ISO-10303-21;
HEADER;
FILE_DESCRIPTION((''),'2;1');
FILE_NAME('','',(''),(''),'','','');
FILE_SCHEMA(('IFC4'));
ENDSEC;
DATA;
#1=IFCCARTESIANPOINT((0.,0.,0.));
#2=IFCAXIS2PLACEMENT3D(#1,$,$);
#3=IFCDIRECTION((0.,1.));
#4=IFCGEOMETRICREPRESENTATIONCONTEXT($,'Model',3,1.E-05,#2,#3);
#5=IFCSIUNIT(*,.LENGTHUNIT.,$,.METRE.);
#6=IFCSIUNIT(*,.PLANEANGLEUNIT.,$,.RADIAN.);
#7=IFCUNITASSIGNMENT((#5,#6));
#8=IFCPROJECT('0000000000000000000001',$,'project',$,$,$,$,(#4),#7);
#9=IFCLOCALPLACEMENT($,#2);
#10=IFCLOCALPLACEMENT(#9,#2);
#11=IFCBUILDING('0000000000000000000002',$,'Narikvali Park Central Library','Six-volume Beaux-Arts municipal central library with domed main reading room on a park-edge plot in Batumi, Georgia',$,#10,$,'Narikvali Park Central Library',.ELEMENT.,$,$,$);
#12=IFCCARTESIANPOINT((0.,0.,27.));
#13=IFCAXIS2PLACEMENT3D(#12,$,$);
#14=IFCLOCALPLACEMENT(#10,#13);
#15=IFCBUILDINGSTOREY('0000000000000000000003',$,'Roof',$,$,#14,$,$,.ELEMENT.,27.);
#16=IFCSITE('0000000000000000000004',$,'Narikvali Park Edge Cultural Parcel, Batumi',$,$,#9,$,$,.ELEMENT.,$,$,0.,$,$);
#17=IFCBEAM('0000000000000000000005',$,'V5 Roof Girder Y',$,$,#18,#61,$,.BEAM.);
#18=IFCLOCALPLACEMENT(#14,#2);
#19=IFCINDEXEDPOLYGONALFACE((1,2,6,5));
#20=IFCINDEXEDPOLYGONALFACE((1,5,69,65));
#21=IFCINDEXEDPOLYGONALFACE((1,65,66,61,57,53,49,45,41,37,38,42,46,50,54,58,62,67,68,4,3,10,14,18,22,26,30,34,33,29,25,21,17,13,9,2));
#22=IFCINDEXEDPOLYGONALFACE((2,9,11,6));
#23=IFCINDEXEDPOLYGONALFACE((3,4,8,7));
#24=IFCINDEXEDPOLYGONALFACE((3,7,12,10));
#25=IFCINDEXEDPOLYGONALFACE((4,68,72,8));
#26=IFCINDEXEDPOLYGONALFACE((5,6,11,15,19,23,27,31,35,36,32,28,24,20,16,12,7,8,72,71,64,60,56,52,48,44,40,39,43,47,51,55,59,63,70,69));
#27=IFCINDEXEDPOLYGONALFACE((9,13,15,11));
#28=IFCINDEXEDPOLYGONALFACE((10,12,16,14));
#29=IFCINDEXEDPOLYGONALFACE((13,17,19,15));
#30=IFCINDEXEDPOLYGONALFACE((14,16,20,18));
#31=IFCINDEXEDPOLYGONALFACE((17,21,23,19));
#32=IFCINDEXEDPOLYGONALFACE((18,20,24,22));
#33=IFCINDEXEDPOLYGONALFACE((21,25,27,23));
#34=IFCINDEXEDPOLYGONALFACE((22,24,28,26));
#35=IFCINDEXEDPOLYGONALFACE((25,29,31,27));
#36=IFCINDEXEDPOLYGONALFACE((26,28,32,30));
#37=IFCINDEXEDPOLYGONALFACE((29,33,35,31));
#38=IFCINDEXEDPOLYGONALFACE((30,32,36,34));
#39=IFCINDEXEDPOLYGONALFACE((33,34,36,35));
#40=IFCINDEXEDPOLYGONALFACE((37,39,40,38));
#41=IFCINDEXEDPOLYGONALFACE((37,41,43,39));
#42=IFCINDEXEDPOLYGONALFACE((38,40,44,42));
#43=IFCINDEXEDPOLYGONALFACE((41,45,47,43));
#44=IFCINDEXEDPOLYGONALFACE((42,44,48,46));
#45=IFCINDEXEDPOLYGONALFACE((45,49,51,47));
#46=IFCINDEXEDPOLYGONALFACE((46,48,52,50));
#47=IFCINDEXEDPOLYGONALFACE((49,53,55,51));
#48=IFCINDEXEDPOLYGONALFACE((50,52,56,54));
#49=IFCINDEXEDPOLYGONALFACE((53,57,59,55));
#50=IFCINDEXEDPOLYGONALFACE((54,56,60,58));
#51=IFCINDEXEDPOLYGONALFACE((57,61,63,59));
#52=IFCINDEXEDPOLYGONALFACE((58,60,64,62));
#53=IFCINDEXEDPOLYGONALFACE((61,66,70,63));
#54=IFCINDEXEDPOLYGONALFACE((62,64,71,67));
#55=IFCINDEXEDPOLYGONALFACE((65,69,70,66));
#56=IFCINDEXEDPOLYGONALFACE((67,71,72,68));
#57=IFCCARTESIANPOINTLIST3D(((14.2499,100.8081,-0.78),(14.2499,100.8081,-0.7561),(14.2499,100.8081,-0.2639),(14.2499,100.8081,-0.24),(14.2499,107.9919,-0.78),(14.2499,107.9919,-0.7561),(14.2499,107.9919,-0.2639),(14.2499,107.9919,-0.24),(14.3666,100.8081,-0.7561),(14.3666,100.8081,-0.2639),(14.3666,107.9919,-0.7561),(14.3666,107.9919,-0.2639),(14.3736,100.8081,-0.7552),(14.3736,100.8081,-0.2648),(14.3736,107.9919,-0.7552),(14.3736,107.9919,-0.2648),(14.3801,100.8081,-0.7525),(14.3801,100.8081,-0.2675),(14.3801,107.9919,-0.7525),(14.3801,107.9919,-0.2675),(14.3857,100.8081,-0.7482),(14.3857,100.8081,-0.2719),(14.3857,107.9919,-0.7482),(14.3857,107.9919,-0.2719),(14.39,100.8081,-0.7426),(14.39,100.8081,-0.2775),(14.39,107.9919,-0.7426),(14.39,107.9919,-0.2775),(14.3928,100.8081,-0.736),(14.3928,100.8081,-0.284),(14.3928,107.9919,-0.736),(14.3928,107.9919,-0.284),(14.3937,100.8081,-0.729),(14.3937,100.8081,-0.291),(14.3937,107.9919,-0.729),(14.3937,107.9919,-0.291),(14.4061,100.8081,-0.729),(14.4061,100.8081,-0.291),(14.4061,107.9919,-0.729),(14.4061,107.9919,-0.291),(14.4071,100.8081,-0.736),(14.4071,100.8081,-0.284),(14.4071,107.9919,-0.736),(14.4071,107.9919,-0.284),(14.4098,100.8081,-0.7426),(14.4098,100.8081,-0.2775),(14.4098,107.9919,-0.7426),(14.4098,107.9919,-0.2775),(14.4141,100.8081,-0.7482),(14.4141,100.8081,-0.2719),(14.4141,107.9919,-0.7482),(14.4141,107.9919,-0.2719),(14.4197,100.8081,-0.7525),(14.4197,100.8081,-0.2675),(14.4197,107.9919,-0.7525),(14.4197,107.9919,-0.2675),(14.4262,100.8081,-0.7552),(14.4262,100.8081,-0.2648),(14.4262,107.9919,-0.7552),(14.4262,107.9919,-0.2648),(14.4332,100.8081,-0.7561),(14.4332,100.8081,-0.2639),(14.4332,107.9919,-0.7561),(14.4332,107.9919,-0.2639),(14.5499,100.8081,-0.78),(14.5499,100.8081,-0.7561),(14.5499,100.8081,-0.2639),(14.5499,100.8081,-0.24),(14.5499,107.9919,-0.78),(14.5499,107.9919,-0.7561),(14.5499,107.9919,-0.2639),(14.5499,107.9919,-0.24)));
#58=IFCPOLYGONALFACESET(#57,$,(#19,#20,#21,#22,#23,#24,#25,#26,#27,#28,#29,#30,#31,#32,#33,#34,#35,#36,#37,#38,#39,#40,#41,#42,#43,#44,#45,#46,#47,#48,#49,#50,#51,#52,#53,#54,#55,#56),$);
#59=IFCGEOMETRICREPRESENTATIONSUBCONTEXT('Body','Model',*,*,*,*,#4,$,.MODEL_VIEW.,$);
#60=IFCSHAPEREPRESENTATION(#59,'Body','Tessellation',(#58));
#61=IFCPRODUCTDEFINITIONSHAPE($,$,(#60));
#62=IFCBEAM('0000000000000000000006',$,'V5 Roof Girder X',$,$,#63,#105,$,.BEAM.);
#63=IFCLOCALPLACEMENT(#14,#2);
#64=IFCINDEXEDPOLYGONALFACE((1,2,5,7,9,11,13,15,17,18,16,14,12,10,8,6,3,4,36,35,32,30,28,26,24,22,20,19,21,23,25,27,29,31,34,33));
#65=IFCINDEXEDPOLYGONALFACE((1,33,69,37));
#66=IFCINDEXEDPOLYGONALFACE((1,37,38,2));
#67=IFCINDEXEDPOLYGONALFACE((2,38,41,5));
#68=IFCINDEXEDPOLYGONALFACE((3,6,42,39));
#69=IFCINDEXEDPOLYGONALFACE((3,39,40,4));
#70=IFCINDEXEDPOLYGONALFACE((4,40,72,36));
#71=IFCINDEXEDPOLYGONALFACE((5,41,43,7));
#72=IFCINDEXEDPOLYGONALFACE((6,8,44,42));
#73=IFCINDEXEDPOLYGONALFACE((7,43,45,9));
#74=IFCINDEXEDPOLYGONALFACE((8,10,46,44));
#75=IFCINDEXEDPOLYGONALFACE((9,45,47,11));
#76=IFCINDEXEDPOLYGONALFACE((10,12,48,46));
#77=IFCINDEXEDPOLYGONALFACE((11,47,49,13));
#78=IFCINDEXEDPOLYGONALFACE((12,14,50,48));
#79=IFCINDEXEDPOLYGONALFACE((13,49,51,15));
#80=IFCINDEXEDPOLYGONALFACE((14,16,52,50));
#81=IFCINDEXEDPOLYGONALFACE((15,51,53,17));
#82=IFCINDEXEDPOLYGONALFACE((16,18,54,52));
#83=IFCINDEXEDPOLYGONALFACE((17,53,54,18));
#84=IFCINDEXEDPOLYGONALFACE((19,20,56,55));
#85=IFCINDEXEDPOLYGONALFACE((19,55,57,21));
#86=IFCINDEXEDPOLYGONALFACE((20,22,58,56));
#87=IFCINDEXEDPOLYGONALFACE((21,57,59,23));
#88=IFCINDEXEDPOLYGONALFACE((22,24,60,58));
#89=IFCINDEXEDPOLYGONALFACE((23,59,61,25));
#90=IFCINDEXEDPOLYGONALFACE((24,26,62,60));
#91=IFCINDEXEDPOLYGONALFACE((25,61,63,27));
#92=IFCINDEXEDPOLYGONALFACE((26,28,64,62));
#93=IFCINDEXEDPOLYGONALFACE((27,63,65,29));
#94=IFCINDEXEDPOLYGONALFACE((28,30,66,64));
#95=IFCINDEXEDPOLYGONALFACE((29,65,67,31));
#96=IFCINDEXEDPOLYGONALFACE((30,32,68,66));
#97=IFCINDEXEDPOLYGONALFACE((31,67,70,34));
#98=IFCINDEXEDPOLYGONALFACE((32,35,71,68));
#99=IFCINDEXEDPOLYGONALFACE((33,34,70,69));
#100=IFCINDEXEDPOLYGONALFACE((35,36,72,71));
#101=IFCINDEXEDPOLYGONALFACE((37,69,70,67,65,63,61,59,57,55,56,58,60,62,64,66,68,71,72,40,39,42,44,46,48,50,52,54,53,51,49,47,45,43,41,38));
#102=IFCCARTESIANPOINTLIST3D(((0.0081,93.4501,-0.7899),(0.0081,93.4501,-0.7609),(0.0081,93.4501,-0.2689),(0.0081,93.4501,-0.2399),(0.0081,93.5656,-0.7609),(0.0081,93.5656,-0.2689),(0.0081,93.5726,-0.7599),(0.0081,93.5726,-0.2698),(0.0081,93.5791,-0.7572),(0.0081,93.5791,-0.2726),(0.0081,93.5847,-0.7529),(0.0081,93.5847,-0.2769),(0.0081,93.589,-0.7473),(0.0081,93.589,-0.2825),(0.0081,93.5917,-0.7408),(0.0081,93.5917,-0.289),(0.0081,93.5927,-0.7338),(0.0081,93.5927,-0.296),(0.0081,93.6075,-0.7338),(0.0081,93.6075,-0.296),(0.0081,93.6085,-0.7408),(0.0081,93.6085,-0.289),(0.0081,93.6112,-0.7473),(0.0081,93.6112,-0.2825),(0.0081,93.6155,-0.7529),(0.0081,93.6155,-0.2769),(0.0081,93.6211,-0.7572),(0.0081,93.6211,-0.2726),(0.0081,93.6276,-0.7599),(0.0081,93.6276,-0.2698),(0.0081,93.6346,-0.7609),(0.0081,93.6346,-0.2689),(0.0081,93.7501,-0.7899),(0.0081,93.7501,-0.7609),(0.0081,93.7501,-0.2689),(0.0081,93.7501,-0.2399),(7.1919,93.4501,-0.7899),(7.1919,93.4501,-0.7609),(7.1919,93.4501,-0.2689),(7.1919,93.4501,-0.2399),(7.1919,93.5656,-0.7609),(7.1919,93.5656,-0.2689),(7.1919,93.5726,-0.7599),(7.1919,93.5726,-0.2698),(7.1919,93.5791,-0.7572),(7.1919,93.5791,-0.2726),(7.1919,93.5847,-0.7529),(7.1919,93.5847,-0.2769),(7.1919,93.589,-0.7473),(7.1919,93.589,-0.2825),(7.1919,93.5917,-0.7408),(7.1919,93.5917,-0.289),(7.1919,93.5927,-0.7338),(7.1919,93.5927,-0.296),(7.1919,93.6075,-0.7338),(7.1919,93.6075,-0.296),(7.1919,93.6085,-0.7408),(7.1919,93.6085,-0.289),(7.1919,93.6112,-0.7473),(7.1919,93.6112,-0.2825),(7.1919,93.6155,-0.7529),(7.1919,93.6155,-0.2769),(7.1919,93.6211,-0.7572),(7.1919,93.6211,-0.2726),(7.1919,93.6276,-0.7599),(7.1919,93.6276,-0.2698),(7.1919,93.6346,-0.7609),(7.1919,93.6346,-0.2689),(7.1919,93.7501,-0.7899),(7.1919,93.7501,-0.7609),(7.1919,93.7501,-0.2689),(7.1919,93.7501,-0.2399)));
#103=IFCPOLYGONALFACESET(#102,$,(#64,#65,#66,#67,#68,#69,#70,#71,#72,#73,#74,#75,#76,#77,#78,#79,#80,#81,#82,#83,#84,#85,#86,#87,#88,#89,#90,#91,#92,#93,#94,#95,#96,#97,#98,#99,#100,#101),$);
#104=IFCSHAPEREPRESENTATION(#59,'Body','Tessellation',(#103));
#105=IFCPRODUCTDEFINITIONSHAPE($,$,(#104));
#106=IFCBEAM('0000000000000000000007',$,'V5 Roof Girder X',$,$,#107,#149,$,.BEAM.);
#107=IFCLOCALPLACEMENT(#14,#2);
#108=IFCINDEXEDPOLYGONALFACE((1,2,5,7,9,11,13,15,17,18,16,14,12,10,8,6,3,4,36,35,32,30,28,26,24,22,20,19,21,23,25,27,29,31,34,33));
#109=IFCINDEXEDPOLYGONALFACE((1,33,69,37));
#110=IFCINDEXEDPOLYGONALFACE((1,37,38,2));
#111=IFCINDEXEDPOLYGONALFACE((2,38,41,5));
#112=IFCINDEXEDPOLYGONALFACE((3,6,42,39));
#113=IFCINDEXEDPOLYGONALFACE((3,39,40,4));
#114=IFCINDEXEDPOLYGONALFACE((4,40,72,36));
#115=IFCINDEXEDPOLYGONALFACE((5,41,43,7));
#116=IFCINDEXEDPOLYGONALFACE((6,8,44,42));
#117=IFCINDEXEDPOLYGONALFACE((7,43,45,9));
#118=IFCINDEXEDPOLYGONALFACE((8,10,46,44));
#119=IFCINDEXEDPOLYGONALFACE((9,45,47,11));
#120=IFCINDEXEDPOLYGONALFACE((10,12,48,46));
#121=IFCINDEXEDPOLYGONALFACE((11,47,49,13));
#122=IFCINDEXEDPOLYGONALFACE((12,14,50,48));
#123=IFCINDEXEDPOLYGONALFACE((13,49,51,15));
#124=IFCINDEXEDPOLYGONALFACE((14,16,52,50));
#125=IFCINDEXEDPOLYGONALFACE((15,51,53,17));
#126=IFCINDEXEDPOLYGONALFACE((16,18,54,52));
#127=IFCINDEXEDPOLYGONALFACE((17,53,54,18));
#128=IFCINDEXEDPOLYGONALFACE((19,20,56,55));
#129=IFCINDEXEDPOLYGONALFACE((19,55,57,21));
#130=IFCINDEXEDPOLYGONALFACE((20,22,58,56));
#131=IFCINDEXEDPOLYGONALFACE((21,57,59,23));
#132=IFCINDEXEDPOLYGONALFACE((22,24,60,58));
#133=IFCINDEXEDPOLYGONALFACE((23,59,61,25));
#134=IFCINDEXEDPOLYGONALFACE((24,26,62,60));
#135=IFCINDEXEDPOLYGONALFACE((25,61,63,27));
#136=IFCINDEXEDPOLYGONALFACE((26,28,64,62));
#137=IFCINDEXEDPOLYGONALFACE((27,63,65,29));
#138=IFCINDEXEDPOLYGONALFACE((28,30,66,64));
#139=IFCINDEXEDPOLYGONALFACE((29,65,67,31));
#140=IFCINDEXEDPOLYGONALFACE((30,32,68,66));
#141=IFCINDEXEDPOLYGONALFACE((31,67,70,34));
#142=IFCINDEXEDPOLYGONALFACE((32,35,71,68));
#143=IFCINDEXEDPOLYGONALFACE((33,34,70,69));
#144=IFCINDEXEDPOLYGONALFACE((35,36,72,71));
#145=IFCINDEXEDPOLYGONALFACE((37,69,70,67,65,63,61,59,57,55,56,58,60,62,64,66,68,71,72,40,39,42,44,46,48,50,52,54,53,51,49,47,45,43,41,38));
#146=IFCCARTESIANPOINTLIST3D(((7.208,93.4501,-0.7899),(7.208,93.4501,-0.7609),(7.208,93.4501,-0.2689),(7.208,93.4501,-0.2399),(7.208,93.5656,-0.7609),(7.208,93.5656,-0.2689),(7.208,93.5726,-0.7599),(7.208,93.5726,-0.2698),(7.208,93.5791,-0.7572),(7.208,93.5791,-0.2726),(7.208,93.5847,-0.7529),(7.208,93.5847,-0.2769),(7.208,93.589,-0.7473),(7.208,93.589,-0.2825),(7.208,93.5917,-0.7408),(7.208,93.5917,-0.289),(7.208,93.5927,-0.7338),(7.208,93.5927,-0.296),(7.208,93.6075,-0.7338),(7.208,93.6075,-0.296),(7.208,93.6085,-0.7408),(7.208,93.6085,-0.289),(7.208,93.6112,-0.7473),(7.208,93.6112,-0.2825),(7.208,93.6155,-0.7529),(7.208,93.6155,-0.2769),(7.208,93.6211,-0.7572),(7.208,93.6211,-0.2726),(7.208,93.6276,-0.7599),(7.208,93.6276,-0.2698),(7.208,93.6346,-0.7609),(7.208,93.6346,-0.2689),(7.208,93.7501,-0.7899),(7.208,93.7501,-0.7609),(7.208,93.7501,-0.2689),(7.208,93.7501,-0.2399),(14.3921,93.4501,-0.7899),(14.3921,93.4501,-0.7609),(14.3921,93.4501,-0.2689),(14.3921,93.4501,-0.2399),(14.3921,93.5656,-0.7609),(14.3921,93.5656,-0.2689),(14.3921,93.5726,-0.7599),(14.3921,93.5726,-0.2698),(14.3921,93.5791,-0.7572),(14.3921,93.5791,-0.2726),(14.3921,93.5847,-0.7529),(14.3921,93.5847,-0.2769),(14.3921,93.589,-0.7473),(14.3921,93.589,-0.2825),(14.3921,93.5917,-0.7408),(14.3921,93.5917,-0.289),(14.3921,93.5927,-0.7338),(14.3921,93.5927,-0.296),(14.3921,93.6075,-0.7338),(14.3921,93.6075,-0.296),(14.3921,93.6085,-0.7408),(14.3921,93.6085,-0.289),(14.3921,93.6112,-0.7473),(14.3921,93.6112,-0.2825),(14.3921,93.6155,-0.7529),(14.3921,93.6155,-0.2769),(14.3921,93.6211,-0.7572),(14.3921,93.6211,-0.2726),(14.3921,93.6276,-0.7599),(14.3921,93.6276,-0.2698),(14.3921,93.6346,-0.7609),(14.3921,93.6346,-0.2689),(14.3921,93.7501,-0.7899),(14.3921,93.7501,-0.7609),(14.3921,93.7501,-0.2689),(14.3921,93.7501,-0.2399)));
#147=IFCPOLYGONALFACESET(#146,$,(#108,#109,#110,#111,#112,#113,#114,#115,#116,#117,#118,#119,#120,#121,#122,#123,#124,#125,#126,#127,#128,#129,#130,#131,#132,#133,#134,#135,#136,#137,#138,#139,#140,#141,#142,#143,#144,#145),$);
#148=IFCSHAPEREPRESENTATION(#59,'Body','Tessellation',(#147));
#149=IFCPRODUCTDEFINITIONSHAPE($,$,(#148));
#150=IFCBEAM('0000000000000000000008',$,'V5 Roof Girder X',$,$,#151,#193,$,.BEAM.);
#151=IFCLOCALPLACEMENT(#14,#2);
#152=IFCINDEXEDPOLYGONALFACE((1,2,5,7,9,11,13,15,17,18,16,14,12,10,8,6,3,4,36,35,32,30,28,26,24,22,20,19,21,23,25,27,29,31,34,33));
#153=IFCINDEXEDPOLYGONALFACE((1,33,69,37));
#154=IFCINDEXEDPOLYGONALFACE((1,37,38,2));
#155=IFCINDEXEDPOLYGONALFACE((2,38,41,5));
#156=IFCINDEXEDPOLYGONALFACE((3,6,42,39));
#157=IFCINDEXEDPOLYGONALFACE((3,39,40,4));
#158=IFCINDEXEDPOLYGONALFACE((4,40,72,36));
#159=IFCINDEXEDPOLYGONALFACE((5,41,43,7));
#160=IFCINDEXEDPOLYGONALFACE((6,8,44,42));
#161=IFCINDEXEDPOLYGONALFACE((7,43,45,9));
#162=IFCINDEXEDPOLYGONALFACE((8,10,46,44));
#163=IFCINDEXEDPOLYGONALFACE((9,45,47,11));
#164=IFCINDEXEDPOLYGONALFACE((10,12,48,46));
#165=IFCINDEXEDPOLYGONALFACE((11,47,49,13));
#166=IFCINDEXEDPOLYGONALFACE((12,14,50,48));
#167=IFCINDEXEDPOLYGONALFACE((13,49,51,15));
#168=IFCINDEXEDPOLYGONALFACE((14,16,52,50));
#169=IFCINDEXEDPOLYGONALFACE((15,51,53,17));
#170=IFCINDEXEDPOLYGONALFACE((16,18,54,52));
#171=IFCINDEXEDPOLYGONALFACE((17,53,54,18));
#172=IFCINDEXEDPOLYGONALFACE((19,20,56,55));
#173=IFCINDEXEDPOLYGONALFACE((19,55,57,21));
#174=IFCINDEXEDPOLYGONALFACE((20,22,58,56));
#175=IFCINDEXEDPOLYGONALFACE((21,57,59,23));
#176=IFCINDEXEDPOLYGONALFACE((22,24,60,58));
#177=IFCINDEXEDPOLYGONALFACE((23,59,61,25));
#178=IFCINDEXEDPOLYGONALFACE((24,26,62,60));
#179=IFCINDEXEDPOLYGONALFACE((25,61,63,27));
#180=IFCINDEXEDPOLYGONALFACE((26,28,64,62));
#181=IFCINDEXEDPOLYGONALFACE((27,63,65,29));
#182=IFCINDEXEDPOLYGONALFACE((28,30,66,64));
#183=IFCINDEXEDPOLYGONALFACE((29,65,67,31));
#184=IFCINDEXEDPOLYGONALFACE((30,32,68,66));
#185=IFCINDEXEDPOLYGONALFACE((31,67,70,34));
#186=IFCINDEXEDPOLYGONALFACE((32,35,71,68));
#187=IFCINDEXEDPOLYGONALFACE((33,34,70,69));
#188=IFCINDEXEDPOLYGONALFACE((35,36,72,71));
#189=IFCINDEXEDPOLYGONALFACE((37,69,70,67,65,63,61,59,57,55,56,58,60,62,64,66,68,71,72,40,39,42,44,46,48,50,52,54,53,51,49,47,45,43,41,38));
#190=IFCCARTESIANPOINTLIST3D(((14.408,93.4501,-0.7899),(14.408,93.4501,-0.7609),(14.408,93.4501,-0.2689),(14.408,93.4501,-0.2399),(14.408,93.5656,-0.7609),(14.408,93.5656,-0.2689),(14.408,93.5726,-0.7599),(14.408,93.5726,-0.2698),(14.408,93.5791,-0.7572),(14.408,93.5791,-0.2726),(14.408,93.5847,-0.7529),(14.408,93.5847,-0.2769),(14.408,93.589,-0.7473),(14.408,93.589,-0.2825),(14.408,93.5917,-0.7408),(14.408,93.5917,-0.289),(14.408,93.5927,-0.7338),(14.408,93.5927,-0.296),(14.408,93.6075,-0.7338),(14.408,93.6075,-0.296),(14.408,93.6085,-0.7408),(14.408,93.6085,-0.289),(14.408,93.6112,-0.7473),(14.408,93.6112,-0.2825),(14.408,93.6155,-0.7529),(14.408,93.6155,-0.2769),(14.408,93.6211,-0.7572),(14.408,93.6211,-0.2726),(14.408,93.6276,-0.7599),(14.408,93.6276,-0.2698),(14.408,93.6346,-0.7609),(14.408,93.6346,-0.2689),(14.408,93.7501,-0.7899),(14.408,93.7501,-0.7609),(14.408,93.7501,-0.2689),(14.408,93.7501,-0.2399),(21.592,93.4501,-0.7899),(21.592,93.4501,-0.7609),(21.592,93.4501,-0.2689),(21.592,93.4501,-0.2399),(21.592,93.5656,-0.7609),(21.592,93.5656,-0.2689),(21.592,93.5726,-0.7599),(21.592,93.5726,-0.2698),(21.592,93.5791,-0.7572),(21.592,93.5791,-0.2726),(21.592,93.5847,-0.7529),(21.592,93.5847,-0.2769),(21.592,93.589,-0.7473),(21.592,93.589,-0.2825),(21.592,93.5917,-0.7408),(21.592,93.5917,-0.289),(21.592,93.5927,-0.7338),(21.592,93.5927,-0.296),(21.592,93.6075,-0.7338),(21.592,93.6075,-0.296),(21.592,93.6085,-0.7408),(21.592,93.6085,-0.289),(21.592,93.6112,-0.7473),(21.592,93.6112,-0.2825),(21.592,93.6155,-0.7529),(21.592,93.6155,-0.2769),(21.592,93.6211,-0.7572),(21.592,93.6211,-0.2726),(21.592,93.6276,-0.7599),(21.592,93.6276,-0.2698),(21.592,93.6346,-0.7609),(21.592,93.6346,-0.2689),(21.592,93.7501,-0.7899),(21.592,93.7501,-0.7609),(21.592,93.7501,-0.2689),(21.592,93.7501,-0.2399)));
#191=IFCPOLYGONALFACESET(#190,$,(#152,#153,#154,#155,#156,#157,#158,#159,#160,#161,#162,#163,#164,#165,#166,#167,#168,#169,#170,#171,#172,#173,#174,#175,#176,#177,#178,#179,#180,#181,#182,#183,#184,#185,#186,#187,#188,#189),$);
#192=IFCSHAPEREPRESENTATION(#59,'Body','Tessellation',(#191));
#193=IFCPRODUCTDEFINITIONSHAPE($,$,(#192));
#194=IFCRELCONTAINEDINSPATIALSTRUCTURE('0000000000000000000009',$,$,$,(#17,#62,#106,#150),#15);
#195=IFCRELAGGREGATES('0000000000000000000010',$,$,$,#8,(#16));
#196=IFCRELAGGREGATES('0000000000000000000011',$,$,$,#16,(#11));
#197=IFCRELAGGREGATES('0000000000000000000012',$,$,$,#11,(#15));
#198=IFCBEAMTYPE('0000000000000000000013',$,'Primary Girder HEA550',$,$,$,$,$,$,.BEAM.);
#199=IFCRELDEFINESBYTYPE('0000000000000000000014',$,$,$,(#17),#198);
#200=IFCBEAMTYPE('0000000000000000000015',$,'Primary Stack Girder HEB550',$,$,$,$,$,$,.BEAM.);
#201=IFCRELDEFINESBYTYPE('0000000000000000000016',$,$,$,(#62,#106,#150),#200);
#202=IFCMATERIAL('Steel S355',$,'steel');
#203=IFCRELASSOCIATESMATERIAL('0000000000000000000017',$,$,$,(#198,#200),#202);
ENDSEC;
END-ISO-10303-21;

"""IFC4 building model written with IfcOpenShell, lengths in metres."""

from ifc_helpers import new_model, si_unit, direction, frame, origin, origin_2d, place, context, subcontext, project, spatial, i_section, extrude, material, material_profile, profile_set, type_object, element, save


model = new_model("IFC4")

# Units and contexts
model_context = context("Model", 3, precision=1e-05, world=origin(), true_north=direction((0.0, 1.0)))
body_context = subcontext(model_context, "Body", "Model", "MODEL_VIEW")
ifc_project = project(units=[si_unit("LENGTHUNIT", "METRE"), si_unit("PLANEANGLEUNIT", "RADIAN")], contexts=[model_context])

# Site, building, storey
site_placement = place(None, origin())
site = spatial("IfcSite", under=ifc_project, at=site_placement, Name="Narikvali Park Edge Cultural Parcel, Batumi", CompositionType="ELEMENT", RefElevation=0.0)
building_placement = place(site_placement, origin())
building = spatial("IfcBuilding", under=site, at=building_placement, Name="Narikvali Park Central Library", Description="Six-volume Beaux-Arts municipal central library with domed main reading room on a park-edge plot in Batumi, Georgia", LongName="Narikvali Park Central Library", CompositionType="ELEMENT")
storey_placement = place(building_placement, frame((0.0, 0.0, 27.0)))
storey = spatial("IfcBuildingStorey", under=building, at=storey_placement, Name="Roof", CompositionType="ELEMENT", Elevation=27.0)

# Beams
ifc_material = material(Name="Steel S355", Category="steel")
ifc_material_profile_1 = material_profile(ifc_material, i_section(OverallWidth=0.3, OverallDepth=0.54, WebThickness=0.0125, FlangeThickness=0.0239, FilletRadius=0.0271, at=origin_2d()), Name="HEA 550")
ifc_profile_set_1 = profile_set([ifc_material_profile_1], Name="Steel S355")
beam_type_1 = type_object("IfcBeamType", Name="Primary Girder HEA550", PredefinedType="BEAM", material=ifc_profile_set_1)
beam_1_placement = place(storey_placement, frame((14.3999, 100.8081, -0.51), z_axis=(0.0, 1.0, 0.0), x_axis=(-1.0, 0.0, 0.0)))
element("IfcBeam", 1, at=beam_1_placement, inside=storey, type_object=beam_type_1, Name="V5 Roof Girder Y", PredefinedType="BEAM", context=body_context, shape_type="SweptSolid", body=[
    extrude(i_section(OverallWidth=0.3, OverallDepth=0.54, WebThickness=0.0125, FlangeThickness=0.0239, FilletRadius=0.0271, at=origin_2d()), origin(), (0.0, 0.0, 1.0), 7.1838),
])
ifc_material_profile_2 = material_profile(ifc_material, i_section(OverallWidth=0.3, OverallDepth=0.55, WebThickness=0.0149, FlangeThickness=0.0291, FilletRadius=0.0271, at=origin_2d()), Name="HEB 550")
ifc_profile_set_2 = profile_set([ifc_material_profile_2], Name="Steel S355")
beam_type_2 = type_object("IfcBeamType", Name="Primary Stack Girder HEB550", PredefinedType="BEAM", material=ifc_profile_set_2)
beam_2_placement = place(storey_placement, frame((0.0081, 93.6001, -0.5149), z_axis=(1.0, 0.0, 0.0), x_axis=(0.0, 1.0, 0.0)))
element("IfcBeam", 2, at=beam_2_placement, inside=storey, type_object=beam_type_2, Name="V5 Roof Girder X", PredefinedType="BEAM", context=body_context, shape_type="SweptSolid", body=[
    extrude(i_section(OverallWidth=0.3, OverallDepth=0.55, WebThickness=0.0149, FlangeThickness=0.0291, FilletRadius=0.0271, at=origin_2d()), origin(), (0.0, 0.0, 1.0), 7.1838),
])
for number, where, z_axis, x_axis, name in (
    (3, (7.208, 93.6001, -0.5149), (1.0, 0.0, 0.0), (0.0, 1.0, 0.0), "V5 Roof Girder X"),
    (4, (14.408, 93.6001, -0.5149), (1.0, 0.0, 0.0), (0.0, 1.0, 0.0), "V5 Roof Girder X"),
):
    element("IfcBeam", number, at=place(storey_placement, frame(where, z_axis=z_axis, x_axis=x_axis)), inside=storey, type_object=beam_type_2, Name=name, PredefinedType="BEAM", context=body_context, shape_type="SweptSolid", body=[
        extrude(i_section(OverallWidth=0.3, OverallDepth=0.55, WebThickness=0.0149, FlangeThickness=0.0291, FilletRadius=0.0271, at=origin_2d()), origin(), (0.0, 0.0, 1.0), 7.1841),
    ])

save(model, "model.ifc")
